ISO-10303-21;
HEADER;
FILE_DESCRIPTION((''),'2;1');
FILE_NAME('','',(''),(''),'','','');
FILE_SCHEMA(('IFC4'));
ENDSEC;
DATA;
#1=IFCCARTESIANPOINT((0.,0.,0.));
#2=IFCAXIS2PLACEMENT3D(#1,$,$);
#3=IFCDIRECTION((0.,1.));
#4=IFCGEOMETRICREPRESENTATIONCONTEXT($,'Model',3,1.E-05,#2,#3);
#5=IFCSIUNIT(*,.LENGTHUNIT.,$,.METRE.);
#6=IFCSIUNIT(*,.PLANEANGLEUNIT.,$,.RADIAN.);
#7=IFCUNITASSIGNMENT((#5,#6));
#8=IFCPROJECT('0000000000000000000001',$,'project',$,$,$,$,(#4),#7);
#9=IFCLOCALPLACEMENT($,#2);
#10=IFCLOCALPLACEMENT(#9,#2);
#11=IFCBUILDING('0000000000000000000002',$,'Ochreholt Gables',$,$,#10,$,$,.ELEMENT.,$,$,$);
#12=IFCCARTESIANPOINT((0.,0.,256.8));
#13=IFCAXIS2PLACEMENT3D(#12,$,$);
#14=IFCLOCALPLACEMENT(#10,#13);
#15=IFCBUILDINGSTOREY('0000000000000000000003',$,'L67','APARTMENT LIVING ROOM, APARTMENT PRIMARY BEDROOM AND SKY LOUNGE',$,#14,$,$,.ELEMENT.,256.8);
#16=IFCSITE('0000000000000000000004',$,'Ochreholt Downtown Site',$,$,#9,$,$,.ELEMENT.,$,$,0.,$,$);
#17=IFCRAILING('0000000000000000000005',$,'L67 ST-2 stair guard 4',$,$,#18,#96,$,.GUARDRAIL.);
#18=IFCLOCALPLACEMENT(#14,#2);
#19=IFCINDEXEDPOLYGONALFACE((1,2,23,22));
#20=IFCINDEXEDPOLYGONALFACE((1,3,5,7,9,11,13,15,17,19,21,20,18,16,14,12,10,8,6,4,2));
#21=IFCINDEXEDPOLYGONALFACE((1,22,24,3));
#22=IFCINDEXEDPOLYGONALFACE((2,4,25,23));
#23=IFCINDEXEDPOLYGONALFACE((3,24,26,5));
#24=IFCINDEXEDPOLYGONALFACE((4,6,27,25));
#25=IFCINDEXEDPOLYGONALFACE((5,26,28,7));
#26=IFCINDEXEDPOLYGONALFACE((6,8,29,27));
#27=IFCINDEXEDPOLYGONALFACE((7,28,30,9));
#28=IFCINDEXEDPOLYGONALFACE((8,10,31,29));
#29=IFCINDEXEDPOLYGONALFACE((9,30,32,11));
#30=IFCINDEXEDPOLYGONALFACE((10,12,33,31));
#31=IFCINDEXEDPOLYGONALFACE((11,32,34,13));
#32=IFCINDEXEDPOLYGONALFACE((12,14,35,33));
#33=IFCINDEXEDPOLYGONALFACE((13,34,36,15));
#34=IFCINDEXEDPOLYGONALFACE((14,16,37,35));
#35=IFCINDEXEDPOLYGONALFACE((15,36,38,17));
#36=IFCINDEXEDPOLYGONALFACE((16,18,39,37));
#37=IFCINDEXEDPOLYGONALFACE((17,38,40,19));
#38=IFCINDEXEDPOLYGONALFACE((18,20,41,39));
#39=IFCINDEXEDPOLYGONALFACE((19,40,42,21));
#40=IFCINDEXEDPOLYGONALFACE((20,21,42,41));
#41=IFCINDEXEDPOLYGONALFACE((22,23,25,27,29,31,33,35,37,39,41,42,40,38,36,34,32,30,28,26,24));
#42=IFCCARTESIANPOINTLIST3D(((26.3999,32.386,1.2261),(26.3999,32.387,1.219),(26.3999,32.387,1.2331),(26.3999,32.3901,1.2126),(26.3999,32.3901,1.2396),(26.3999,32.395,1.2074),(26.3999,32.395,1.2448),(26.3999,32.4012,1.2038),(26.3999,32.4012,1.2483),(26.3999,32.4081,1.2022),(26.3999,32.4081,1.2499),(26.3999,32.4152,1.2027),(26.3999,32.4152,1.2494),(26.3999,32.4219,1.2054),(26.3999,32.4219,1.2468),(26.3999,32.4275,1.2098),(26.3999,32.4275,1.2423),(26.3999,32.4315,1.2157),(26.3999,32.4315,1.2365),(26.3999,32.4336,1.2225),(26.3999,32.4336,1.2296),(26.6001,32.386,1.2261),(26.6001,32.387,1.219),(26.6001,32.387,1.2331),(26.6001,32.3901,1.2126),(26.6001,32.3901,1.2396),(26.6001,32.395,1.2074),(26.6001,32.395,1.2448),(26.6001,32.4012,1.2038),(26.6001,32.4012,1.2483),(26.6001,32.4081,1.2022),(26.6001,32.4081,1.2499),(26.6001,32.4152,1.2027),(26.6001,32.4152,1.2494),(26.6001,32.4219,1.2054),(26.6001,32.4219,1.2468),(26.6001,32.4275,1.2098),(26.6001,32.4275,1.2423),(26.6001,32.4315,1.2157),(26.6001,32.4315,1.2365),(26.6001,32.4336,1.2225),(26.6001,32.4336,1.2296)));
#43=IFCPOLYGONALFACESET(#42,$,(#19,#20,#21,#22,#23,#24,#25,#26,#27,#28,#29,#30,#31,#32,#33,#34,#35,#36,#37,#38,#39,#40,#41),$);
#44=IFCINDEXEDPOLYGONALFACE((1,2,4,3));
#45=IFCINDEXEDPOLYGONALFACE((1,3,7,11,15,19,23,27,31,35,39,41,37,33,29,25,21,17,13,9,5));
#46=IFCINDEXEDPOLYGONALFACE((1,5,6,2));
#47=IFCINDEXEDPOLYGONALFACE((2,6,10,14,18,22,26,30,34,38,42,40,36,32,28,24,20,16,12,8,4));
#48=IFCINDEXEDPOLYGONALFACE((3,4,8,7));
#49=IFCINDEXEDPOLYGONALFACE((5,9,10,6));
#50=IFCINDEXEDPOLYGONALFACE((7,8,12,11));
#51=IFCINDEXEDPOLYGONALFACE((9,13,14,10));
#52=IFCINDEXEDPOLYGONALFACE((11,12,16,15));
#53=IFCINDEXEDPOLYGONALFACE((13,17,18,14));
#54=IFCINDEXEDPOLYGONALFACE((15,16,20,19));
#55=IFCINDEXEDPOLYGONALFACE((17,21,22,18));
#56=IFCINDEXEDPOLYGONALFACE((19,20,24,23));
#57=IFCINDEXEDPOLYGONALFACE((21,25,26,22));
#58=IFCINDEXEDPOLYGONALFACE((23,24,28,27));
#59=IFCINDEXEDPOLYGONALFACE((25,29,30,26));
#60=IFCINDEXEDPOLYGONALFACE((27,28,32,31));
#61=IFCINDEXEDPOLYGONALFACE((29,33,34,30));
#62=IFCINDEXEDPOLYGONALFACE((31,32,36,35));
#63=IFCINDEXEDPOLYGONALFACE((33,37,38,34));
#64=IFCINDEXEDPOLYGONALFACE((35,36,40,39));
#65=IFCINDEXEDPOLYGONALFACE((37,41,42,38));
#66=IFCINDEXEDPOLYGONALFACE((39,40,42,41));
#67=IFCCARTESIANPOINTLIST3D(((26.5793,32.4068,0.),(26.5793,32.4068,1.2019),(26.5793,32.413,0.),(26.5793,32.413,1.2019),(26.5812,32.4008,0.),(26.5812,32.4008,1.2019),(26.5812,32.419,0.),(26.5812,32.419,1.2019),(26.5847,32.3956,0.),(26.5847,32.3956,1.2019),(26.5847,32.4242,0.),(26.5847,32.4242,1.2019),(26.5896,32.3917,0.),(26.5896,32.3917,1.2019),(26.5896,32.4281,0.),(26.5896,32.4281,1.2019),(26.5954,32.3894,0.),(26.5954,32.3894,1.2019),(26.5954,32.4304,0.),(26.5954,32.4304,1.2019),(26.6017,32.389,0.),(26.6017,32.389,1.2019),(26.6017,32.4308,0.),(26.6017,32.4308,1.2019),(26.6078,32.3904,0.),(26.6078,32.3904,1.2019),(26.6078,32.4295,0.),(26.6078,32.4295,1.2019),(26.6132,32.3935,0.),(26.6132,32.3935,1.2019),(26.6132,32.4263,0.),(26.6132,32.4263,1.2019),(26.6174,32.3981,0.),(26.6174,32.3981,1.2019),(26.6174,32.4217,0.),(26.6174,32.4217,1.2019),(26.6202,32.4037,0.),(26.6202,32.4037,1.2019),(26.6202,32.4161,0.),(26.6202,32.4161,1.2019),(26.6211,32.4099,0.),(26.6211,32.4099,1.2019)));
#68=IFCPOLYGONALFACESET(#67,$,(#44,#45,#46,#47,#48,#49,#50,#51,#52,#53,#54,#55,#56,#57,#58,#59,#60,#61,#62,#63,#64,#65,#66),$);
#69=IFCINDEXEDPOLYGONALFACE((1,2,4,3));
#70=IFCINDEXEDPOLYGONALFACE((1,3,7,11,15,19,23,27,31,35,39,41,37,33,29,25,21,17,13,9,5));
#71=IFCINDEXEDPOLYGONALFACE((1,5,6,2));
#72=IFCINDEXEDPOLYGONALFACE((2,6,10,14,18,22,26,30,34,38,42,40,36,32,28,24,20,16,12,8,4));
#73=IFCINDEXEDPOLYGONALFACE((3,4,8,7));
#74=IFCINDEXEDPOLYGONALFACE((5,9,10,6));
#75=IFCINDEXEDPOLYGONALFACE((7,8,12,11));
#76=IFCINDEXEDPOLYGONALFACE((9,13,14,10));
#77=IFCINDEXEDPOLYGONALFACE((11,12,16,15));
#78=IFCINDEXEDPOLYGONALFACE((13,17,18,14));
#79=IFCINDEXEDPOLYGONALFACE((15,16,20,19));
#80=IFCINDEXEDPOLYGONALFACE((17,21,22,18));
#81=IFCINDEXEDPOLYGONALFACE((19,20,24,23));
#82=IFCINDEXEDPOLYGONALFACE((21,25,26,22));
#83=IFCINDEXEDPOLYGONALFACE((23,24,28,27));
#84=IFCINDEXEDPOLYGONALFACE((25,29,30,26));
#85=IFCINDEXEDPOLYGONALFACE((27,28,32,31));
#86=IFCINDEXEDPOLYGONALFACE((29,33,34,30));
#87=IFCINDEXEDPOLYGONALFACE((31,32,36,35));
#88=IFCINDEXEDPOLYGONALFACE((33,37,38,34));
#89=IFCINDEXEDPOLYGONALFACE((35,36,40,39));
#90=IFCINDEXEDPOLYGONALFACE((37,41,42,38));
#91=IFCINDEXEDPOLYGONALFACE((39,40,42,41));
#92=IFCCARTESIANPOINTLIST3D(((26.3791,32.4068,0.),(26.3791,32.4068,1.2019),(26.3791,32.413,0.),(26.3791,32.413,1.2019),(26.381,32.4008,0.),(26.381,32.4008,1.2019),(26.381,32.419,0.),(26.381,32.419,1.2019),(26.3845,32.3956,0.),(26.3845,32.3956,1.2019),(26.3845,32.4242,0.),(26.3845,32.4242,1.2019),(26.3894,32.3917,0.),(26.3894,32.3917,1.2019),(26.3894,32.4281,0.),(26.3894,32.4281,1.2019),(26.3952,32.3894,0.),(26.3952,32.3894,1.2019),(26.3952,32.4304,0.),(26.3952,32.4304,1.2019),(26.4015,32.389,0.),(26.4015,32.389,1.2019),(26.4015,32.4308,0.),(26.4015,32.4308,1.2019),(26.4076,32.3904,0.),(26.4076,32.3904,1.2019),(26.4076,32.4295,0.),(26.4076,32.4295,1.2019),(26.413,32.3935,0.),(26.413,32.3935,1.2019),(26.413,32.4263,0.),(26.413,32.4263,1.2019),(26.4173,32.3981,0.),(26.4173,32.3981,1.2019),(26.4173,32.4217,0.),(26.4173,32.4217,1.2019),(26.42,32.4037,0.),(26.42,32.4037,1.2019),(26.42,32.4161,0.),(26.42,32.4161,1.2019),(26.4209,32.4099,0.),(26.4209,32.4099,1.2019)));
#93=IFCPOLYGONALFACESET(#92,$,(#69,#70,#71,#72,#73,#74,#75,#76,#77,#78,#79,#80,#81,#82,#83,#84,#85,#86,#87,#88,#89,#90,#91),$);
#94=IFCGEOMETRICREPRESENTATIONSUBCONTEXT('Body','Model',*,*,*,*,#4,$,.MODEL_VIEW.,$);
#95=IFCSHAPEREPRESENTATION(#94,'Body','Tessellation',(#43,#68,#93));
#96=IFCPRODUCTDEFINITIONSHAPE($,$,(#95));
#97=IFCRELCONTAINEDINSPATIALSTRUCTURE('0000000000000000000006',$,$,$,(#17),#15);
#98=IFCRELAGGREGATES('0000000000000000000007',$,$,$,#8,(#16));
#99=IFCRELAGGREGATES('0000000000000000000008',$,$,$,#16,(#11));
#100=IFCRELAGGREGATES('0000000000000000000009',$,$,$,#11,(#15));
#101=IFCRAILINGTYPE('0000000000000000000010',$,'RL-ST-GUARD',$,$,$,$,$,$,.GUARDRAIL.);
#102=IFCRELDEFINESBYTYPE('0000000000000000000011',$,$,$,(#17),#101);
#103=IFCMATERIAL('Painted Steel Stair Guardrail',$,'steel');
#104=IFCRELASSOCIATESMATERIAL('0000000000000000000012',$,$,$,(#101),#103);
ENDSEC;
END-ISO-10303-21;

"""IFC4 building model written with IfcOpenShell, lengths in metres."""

from ifc_helpers import new_model, si_unit, direction, frame, origin, origin_2d, place, context, subcontext, project, spatial, circle, extrude, material, type_object, element, save


model = new_model("IFC4")

# Units and contexts
model_context = context("Model", 3, precision=1e-05, world=origin(), true_north=direction((0.0, 1.0)))
body_context = subcontext(model_context, "Body", "Model", "MODEL_VIEW")
ifc_project = project(units=[si_unit("LENGTHUNIT", "METRE"), si_unit("PLANEANGLEUNIT", "RADIAN")], contexts=[model_context])

# Site, building, storey
site_placement = place(None, origin())
site = spatial("IfcSite", under=ifc_project, at=site_placement, Name="Ochreholt Downtown Site", CompositionType="ELEMENT", RefElevation=0.0)
building_placement = place(site_placement, origin())
building = spatial("IfcBuilding", under=site, at=building_placement, Name="Ochreholt Gables", CompositionType="ELEMENT")
storey_placement = place(building_placement, frame((0.0, 0.0, 256.8)))
storey = spatial("IfcBuildingStorey", under=building, at=storey_placement, Name="L67", Description="APARTMENT LIVING ROOM, APARTMENT PRIMARY BEDROOM AND SKY LOUNGE", CompositionType="ELEMENT", Elevation=256.8)

# Railing
ifc_material_1 = material(Name="Painted Steel Stair Guardrail", Category="steel")
railing_type_1 = type_object("IfcRailingType", Name="RL-ST-GUARD", PredefinedType="GUARDRAIL", material=ifc_material_1)
railing_1_placement = place(storey_placement, frame((26.6001, 32.4099, 0.0)))
element("IfcRailing", 1, at=railing_1_placement, inside=storey, type_object=railing_type_1, Name="L67 ST-2 stair guard 4", PredefinedType="GUARDRAIL", context=body_context, shape_type="SweptSolid", body=[
    extrude(circle(Radius=0.0239, at=origin_2d()), frame((0.0, 0.0, 1.2261), z_axis=(-1.0, 0.0, 0.0), x_axis=(0.0, -1.0, 0.0)), (0.0, 0.0, 1.0), 0.2002),
    extrude(circle(Radius=0.021, at=origin_2d()), origin(), (0.0, 0.0, 1.0), 1.2019),
    extrude(circle(Radius=0.021, at=origin_2d()), frame((-0.2002, 0.0, 0.0)), (0.0, 0.0, 1.0), 1.2019),
])

save(model, "model.ifc")
